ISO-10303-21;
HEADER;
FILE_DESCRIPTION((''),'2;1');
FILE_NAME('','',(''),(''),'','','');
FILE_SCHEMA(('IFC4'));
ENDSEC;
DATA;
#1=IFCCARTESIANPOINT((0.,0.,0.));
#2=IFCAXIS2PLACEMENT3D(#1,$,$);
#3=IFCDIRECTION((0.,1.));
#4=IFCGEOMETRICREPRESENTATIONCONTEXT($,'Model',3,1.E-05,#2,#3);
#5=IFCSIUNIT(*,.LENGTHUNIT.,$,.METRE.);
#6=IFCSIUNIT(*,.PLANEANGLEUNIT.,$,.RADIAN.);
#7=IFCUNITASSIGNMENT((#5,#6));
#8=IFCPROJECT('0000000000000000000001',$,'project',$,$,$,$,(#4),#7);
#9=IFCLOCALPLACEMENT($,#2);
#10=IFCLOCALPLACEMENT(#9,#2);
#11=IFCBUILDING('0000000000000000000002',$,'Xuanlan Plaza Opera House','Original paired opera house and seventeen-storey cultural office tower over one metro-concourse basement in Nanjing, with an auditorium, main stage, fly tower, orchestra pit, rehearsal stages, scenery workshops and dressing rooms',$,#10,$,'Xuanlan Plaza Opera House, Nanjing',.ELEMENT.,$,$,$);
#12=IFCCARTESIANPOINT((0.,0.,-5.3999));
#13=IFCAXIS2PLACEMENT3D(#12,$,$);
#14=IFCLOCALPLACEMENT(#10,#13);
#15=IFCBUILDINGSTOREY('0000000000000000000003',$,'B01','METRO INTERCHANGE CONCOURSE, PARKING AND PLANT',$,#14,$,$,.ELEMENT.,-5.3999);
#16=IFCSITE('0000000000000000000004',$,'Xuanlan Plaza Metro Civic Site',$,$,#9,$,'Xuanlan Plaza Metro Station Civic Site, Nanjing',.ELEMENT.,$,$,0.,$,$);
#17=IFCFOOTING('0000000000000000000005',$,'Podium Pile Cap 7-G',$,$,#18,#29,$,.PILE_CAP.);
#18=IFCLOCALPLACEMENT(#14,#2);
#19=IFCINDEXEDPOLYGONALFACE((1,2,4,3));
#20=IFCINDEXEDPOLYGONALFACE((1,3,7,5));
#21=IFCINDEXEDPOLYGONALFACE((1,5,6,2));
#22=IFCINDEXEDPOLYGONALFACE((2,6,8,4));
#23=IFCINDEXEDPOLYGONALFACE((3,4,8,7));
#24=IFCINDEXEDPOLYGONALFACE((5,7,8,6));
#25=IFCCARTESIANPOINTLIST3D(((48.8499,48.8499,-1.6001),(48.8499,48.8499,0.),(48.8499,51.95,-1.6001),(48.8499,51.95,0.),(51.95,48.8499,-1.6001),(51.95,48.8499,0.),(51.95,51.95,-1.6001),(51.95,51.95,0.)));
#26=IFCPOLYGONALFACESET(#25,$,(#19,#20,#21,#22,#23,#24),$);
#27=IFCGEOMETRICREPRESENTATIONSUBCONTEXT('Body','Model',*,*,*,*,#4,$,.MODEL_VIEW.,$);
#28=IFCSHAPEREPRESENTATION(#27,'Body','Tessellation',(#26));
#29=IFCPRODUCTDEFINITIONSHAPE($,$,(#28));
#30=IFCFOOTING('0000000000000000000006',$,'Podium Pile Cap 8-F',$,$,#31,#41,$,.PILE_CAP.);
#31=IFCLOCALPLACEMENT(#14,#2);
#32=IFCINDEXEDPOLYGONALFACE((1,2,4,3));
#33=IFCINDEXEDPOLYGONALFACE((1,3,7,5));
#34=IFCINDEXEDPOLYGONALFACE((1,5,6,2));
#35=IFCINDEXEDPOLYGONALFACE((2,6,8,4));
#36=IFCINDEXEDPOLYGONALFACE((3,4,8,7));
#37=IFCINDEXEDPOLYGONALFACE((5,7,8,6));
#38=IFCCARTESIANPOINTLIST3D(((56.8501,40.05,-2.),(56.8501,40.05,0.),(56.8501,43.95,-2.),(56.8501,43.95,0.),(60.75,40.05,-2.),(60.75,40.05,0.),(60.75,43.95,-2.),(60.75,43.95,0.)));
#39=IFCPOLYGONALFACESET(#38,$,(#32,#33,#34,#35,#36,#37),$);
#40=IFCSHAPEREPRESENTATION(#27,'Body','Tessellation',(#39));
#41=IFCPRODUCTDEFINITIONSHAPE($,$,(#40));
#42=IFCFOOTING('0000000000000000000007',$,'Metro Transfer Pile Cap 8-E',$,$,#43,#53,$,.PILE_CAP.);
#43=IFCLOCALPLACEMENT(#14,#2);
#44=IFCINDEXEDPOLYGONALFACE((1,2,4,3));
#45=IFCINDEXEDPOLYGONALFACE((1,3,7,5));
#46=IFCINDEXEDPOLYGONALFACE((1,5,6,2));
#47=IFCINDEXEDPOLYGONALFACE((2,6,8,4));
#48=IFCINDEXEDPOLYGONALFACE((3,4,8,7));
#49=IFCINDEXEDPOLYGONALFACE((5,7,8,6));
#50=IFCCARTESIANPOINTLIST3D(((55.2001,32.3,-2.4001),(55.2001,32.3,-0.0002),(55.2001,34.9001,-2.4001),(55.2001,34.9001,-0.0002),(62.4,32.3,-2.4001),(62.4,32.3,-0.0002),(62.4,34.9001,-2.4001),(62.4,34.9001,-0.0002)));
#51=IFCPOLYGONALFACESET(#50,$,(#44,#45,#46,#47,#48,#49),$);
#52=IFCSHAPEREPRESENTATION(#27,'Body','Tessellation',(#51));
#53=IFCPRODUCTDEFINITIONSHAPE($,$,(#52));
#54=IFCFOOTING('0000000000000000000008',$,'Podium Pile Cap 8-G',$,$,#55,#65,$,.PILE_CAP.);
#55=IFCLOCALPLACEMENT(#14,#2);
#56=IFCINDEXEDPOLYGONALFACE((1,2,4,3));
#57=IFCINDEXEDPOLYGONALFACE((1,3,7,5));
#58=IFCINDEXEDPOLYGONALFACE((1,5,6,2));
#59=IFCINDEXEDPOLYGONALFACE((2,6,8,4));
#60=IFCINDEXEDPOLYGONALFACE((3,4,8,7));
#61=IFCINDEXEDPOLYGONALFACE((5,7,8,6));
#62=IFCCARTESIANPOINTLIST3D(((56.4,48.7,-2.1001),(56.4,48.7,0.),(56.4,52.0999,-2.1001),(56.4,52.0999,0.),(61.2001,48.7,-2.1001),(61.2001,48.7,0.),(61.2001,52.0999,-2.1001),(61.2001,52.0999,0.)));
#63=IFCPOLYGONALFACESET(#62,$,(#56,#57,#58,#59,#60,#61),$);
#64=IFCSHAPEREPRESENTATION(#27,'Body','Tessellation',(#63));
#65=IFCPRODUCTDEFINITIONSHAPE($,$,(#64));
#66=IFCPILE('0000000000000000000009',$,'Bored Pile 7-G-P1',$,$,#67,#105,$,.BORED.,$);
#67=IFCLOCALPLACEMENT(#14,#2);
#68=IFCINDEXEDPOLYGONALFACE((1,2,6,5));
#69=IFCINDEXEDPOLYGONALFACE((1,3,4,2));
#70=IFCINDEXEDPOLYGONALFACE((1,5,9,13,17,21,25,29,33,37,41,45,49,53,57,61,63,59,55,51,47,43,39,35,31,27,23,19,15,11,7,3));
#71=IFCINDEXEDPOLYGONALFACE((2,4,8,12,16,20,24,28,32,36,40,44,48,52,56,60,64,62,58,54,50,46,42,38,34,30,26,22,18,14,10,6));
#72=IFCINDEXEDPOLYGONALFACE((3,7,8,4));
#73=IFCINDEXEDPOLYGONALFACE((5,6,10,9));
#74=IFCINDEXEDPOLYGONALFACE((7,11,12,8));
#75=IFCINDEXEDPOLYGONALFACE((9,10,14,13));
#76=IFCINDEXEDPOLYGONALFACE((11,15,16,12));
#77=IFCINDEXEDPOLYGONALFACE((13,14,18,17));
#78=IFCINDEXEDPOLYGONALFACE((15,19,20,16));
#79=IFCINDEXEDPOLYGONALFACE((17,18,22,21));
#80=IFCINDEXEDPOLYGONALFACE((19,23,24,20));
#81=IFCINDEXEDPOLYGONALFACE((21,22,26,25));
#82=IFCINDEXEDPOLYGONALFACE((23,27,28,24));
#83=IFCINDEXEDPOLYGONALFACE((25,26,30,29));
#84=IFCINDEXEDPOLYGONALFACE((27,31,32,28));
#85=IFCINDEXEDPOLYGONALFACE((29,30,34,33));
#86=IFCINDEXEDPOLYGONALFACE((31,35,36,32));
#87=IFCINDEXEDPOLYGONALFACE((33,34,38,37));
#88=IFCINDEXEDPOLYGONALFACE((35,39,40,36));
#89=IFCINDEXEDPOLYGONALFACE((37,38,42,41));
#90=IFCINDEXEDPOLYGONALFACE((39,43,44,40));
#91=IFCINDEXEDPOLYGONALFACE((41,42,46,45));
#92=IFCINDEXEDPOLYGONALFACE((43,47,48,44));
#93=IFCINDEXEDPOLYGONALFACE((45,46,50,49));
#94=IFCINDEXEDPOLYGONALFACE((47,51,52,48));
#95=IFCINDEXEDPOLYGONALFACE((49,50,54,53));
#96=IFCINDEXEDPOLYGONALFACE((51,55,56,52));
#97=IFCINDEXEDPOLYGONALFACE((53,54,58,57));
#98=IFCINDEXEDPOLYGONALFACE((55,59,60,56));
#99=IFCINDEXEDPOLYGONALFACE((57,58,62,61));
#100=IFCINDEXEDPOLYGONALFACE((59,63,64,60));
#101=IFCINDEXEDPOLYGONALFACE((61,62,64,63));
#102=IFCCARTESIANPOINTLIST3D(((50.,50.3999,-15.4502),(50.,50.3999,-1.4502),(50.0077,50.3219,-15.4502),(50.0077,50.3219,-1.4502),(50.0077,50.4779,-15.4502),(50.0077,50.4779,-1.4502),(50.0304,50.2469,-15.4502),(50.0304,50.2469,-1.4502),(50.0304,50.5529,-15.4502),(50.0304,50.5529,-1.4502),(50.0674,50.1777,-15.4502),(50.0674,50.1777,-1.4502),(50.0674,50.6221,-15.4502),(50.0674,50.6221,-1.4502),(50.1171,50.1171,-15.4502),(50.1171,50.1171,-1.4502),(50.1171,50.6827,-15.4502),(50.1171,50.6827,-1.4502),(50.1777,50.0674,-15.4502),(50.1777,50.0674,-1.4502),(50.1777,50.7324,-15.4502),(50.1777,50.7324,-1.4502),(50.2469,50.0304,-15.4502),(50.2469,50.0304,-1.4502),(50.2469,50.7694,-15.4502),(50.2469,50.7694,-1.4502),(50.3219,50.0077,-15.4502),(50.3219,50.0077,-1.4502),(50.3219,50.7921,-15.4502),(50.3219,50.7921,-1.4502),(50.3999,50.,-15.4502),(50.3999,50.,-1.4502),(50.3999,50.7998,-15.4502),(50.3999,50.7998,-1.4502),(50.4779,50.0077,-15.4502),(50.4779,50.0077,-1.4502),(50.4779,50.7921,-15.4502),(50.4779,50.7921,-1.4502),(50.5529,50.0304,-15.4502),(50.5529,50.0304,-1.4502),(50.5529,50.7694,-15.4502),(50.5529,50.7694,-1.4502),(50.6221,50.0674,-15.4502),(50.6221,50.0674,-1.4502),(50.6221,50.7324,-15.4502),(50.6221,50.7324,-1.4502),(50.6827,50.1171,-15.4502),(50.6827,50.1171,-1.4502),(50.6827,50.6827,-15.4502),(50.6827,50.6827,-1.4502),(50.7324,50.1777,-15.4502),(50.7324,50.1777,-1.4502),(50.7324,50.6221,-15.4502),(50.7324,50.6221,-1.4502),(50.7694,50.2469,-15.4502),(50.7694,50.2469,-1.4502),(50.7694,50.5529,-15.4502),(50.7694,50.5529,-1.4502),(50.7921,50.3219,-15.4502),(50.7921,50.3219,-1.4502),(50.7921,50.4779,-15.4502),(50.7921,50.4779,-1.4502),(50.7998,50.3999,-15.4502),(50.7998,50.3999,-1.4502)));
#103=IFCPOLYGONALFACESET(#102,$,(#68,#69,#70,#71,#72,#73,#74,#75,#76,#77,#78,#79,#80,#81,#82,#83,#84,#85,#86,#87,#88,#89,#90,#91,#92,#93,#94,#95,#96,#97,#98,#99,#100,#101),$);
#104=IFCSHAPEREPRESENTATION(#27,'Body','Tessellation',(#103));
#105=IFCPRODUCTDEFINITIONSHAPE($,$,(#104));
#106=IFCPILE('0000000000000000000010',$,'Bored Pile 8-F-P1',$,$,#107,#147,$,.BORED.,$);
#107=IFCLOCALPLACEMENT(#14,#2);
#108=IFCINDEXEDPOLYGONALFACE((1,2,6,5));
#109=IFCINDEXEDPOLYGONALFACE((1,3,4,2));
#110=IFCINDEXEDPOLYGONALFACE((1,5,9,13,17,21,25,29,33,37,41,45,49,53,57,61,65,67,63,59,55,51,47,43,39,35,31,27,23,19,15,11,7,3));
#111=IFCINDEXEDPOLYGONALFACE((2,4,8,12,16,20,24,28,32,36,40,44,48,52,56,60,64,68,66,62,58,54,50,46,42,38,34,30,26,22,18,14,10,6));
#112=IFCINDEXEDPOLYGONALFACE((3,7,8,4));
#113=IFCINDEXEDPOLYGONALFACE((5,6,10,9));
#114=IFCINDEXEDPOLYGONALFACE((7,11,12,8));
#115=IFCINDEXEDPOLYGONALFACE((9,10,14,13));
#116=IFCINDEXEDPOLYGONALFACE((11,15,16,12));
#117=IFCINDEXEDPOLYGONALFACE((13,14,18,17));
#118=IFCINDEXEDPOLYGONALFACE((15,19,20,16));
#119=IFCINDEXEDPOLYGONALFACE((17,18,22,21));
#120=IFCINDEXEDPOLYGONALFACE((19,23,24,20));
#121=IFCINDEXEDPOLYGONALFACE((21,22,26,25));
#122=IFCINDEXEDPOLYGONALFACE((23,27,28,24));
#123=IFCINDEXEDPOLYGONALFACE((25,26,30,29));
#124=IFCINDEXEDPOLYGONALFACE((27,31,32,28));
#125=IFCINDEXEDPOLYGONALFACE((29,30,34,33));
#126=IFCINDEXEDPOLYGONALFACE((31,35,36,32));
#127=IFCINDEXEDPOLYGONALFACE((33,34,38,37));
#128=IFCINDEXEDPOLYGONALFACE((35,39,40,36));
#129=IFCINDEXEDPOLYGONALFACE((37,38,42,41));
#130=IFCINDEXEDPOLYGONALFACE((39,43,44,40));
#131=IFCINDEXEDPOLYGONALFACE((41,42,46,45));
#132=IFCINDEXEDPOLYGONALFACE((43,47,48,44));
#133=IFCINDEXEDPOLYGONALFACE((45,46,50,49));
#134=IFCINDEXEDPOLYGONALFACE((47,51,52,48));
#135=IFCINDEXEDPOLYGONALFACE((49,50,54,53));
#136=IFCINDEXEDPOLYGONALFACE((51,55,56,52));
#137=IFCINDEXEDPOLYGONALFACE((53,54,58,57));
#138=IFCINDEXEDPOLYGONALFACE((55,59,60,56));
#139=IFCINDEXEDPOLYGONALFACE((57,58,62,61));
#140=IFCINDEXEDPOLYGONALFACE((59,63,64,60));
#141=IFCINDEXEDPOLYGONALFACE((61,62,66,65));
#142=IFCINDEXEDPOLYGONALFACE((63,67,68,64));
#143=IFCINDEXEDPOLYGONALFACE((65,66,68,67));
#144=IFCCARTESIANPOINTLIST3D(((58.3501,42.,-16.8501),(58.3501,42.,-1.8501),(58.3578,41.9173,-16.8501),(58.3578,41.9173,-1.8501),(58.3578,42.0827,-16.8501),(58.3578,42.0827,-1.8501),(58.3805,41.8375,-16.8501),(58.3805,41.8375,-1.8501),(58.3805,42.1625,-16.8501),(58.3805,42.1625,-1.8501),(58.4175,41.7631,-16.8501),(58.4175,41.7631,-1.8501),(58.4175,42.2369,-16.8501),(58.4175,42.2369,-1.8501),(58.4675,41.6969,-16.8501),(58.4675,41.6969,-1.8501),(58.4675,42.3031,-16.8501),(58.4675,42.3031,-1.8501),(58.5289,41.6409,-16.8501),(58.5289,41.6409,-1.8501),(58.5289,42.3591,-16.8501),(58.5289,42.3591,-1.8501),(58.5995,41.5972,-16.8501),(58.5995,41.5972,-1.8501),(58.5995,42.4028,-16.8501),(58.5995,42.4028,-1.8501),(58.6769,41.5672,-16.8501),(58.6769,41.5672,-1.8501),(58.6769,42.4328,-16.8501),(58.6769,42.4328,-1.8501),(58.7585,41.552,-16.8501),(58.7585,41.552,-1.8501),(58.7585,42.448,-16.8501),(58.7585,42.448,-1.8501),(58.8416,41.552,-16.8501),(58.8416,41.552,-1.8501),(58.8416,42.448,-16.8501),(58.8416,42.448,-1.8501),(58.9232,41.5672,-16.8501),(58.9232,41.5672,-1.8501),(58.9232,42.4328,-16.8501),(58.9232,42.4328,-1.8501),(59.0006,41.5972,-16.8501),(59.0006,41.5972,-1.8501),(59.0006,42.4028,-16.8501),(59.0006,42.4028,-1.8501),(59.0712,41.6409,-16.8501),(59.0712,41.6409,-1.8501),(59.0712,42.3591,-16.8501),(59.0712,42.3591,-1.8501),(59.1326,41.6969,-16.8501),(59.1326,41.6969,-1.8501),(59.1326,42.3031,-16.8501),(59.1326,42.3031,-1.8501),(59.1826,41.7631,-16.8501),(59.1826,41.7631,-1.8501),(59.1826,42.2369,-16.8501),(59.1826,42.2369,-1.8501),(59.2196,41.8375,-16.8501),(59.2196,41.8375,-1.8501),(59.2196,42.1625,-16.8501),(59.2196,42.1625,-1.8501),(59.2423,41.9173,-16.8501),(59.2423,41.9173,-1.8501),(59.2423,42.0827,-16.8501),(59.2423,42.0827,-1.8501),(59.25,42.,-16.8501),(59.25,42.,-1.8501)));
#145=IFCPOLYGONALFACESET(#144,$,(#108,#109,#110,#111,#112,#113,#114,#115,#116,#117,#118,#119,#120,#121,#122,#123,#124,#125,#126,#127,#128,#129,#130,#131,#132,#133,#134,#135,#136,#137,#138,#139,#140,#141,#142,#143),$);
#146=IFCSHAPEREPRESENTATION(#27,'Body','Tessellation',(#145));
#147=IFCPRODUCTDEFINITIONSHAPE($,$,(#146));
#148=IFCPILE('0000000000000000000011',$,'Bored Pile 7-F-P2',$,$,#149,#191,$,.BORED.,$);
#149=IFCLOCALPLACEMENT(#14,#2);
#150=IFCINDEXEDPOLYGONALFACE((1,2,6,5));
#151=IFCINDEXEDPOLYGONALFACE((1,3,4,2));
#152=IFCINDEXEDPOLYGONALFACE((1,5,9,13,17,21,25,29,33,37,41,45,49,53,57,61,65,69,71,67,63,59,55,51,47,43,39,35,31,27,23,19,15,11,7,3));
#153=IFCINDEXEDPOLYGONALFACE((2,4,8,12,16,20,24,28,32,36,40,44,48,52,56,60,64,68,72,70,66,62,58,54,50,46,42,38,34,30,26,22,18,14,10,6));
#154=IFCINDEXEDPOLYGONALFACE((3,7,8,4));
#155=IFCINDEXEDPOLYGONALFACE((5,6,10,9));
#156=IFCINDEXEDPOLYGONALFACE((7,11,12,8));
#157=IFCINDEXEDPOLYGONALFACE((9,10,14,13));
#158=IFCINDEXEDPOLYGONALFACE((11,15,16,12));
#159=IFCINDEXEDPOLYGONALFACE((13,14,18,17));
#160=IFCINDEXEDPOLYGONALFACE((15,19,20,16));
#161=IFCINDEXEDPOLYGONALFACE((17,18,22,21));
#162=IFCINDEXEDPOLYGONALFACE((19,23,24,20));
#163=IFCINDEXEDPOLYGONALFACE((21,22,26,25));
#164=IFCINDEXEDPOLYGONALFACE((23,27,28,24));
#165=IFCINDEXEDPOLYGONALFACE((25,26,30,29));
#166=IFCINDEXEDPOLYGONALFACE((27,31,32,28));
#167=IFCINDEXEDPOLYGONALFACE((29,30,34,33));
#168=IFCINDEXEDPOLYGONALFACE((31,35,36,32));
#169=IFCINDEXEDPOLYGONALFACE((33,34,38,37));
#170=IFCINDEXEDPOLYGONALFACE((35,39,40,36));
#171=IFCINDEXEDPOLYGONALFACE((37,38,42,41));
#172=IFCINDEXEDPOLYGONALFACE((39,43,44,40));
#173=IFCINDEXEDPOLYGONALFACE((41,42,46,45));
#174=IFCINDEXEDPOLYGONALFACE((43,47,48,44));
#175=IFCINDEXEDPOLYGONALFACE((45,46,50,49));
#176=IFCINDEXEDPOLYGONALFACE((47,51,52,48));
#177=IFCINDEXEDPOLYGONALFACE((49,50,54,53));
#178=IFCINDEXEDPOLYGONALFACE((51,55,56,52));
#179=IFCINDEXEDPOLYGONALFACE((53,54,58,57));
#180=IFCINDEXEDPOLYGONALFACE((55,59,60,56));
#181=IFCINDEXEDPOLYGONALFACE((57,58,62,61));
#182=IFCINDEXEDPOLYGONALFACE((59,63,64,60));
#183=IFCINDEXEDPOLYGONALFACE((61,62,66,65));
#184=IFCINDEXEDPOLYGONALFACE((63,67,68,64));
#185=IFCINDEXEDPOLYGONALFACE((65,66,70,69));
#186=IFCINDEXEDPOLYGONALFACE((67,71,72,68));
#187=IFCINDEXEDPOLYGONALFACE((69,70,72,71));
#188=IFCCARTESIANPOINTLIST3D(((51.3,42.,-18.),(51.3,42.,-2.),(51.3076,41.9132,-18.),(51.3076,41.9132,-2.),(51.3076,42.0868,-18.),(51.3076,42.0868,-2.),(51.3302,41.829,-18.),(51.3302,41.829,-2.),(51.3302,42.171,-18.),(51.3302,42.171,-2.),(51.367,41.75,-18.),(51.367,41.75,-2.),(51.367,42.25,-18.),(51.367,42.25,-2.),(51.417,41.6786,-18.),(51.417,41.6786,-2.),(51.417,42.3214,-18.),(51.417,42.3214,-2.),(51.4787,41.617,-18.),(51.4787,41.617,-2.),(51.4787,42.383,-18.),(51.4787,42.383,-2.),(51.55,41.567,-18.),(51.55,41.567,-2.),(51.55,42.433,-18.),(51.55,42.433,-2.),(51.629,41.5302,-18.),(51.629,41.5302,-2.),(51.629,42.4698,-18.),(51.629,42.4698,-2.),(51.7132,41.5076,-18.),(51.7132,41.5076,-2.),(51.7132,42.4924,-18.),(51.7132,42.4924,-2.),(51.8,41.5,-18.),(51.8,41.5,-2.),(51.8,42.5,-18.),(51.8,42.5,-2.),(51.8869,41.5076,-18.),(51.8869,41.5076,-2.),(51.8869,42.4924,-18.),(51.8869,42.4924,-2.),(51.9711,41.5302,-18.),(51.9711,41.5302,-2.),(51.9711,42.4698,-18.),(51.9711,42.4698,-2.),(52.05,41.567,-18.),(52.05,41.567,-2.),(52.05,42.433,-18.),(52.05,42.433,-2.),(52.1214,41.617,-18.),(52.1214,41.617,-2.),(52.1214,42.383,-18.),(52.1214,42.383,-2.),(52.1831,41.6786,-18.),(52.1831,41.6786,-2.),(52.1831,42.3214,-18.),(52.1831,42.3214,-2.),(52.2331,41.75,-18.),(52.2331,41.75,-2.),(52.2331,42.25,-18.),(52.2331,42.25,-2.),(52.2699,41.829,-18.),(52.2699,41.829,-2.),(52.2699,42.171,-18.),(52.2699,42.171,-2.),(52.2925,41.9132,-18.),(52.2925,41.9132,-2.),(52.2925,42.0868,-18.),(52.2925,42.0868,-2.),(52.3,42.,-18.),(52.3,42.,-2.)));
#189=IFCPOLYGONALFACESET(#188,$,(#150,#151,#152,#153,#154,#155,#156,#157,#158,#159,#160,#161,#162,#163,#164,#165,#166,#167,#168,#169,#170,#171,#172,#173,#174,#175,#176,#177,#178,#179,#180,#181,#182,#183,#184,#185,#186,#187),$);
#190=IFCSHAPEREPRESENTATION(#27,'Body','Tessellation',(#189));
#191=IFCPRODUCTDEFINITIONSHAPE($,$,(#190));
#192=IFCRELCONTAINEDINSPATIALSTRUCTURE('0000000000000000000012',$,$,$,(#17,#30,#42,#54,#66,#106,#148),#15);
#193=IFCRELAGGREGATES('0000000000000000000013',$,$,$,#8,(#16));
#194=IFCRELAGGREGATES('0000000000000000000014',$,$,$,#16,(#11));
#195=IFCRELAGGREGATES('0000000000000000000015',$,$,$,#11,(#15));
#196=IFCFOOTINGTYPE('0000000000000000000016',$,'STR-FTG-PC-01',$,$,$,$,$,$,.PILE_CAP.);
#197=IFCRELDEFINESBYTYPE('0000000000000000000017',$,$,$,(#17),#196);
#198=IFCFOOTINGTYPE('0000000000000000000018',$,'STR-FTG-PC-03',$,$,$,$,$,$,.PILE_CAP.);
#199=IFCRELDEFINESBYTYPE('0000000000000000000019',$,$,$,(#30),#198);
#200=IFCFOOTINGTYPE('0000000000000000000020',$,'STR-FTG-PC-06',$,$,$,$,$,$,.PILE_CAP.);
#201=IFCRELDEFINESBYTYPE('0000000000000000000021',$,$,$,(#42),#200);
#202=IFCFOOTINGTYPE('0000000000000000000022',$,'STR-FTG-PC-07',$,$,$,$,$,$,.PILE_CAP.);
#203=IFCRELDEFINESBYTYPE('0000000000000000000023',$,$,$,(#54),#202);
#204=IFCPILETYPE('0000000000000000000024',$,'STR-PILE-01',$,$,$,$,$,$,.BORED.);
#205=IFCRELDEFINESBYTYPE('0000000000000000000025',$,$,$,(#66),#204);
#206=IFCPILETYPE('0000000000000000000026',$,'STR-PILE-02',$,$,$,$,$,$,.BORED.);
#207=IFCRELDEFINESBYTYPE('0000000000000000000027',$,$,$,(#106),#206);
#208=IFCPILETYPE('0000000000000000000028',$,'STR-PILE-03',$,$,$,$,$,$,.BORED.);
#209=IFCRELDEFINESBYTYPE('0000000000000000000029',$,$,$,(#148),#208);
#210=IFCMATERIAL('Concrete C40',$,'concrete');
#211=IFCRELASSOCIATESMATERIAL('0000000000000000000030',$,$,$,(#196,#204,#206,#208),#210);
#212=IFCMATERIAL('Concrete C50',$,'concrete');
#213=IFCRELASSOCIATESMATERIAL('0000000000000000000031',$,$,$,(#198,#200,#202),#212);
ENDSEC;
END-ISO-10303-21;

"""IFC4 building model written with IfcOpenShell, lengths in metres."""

from ifc_helpers import new_model, si_unit, direction, frame, origin, origin_2d, place, context, subcontext, project, spatial, rectangle, circle, extrude, material, material_profile, profile_set, type_object, element, save


model = new_model("IFC4")

# Units and contexts
model_context = context("Model", 3, precision=1e-05, world=origin(), true_north=direction((0.0, 1.0)))
body_context = subcontext(model_context, "Body", "Model", "MODEL_VIEW")
ifc_project = project(units=[si_unit("LENGTHUNIT", "METRE"), si_unit("PLANEANGLEUNIT", "RADIAN")], contexts=[model_context])

# Site, building, storey
site_placement = place(None, origin())
site = spatial("IfcSite", under=ifc_project, at=site_placement, Name="Xuanlan Plaza Metro Civic Site", LongName="Xuanlan Plaza Metro Station Civic Site, Nanjing", CompositionType="ELEMENT", RefElevation=0.0)
building_placement = place(site_placement, origin())
building = spatial("IfcBuilding", under=site, at=building_placement, Name="Xuanlan Plaza Opera House", Description="Original paired opera house and seventeen-storey cultural office tower over one metro-concourse basement in Nanjing, with an auditorium, main stage, fly tower, orchestra pit, rehearsal stages, scenery workshops and dressing rooms", LongName="Xuanlan Plaza Opera House, Nanjing", CompositionType="ELEMENT")
storey_placement = place(building_placement, frame((0.0, 0.0, -5.3999)))
storey = spatial("IfcBuildingStorey", under=building, at=storey_placement, Name="B01", Description="METRO INTERCHANGE CONCOURSE, PARKING AND PLANT", CompositionType="ELEMENT", Elevation=-5.3999)

# Footings
ifc_material_1 = material(Name="Concrete C40", Category="concrete")
footing_type_1 = type_object("IfcFootingType", Name="STR-FTG-PC-01", PredefinedType="PILE_CAP", material=ifc_material_1)
footing_1_placement = place(storey_placement, frame((50.3999, 50.3999, -1.6001), z_axis=(0.0, 0.0, 1.0), x_axis=(1.0, 0.0, 0.0)))
element("IfcFooting", 1, at=footing_1_placement, inside=storey, type_object=footing_type_1, Name="Podium Pile Cap 7-G", PredefinedType="PILE_CAP", context=body_context, shape_type="SweptSolid", body=[
    extrude(rectangle(XDim=3.1001, YDim=3.1001, at=origin_2d()), origin(), (0.0, 0.0, 1.0), 1.6001),
])
ifc_material_2 = material(Name="Concrete C50", Category="concrete")
footing_type_2 = type_object("IfcFootingType", Name="STR-FTG-PC-03", PredefinedType="PILE_CAP", material=ifc_material_2)
footing_2_placement = place(storey_placement, frame((58.8, 42.0, -2.0), z_axis=(0.0, 0.0, 1.0), x_axis=(1.0, 0.0, 0.0)))
element("IfcFooting", 2, at=footing_2_placement, inside=storey, type_object=footing_type_2, Name="Podium Pile Cap 8-F", PredefinedType="PILE_CAP", context=body_context, shape_type="SweptSolid", body=[
    extrude(rectangle(XDim=3.8999, YDim=3.8999, at=origin_2d()), origin(), (0.0, 0.0, 1.0), 2.0),
])
footing_type_3 = type_object("IfcFootingType", Name="STR-FTG-PC-06", PredefinedType="PILE_CAP", material=ifc_material_2)
footing_3_placement = place(storey_placement, frame((58.8, 33.6001, -2.4001), z_axis=(0.0, 0.0, 1.0), x_axis=(1.0, 0.0, 0.0)))
element("IfcFooting", 3, at=footing_3_placement, inside=storey, type_object=footing_type_3, Name="Metro Transfer Pile Cap 8-E", PredefinedType="PILE_CAP", context=body_context, shape_type="SweptSolid", body=[
    extrude(rectangle(XDim=7.2, YDim=2.6001, at=origin_2d()), origin(), (0.0, 0.0, 1.0), 2.3999),
])
footing_type_4 = type_object("IfcFootingType", Name="STR-FTG-PC-07", PredefinedType="PILE_CAP", material=ifc_material_2)
footing_4_placement = place(storey_placement, frame((58.8, 50.3999, -2.1001), z_axis=(0.0, 0.0, 1.0), x_axis=(1.0, 0.0, 0.0)))
element("IfcFooting", 4, at=footing_4_placement, inside=storey, type_object=footing_type_4, Name="Podium Pile Cap 8-G", PredefinedType="PILE_CAP", context=body_context, shape_type="SweptSolid", body=[
    extrude(rectangle(XDim=4.8, YDim=3.3999, at=origin_2d()), origin(), (0.0, 0.0, 1.0), 2.1001),
])

# Piles
ifc_material_profile_1 = material_profile(ifc_material_1, circle(Radius=0.3999, at=origin_2d()), Name="PILE D800")
ifc_profile_set_1 = profile_set([ifc_material_profile_1], Name="Concrete C40")
pile_type_1 = type_object("IfcPileType", Name="STR-PILE-01", PredefinedType="BORED", material=ifc_profile_set_1)
pile_1_placement = place(storey_placement, frame((50.3999, 50.3999, -1.4502), z_axis=(0.0, 0.0, -1.0), x_axis=(1.0, 0.0, 0.0)))
element("IfcPile", 5, at=pile_1_placement, inside=storey, type_object=pile_type_1, Name="Bored Pile 7-G-P1", PredefinedType="BORED", context=body_context, shape_type="SweptSolid", body=[
    extrude(circle(Radius=0.3999, at=origin_2d()), origin(), (0.0, 0.0, 1.0), 14.0),
])
ifc_material_profile_2 = material_profile(ifc_material_1, circle(Radius=0.45, at=origin_2d()), Name="PILE D900")
ifc_profile_set_2 = profile_set([ifc_material_profile_2], Name="Concrete C40")
pile_type_2 = type_object("IfcPileType", Name="STR-PILE-02", PredefinedType="BORED", material=ifc_profile_set_2)
pile_2_placement = place(storey_placement, frame((58.8, 42.0, -1.8501), z_axis=(0.0, 0.0, -1.0), x_axis=(1.0, 0.0, 0.0)))
element("IfcPile", 6, at=pile_2_placement, inside=storey, type_object=pile_type_2, Name="Bored Pile 8-F-P1", PredefinedType="BORED", context=body_context, shape_type="SweptSolid", body=[
    extrude(circle(Radius=0.45, at=origin_2d()), origin(), (0.0, 0.0, 1.0), 15.0),
])
ifc_material_profile_3 = material_profile(ifc_material_1, circle(Radius=0.5, at=origin_2d()), Name="PILE D1000")
ifc_profile_set_3 = profile_set([ifc_material_profile_3], Name="Concrete C40")
pile_type_3 = type_object("IfcPileType", Name="STR-PILE-03", PredefinedType="BORED", material=ifc_profile_set_3)
for number, where, z_axis, x_axis, name in (
    (7, (51.8, 42.0, -2.0), (0.0, 0.0, -1.0), (1.0, 0.0, 0.0), "Bored Pile 7-F-P2"),
):
    element("IfcPile", number, at=place(storey_placement, frame(where, z_axis=z_axis, x_axis=x_axis)), inside=storey, type_object=pile_type_3, Name=name, PredefinedType="BORED", context=body_context, shape_type="SweptSolid", body=[
        extrude(circle(Radius=0.5, at=origin_2d()), origin(), (0.0, 0.0, 1.0), 16.0),
    ])

save(model, "model.ifc")
